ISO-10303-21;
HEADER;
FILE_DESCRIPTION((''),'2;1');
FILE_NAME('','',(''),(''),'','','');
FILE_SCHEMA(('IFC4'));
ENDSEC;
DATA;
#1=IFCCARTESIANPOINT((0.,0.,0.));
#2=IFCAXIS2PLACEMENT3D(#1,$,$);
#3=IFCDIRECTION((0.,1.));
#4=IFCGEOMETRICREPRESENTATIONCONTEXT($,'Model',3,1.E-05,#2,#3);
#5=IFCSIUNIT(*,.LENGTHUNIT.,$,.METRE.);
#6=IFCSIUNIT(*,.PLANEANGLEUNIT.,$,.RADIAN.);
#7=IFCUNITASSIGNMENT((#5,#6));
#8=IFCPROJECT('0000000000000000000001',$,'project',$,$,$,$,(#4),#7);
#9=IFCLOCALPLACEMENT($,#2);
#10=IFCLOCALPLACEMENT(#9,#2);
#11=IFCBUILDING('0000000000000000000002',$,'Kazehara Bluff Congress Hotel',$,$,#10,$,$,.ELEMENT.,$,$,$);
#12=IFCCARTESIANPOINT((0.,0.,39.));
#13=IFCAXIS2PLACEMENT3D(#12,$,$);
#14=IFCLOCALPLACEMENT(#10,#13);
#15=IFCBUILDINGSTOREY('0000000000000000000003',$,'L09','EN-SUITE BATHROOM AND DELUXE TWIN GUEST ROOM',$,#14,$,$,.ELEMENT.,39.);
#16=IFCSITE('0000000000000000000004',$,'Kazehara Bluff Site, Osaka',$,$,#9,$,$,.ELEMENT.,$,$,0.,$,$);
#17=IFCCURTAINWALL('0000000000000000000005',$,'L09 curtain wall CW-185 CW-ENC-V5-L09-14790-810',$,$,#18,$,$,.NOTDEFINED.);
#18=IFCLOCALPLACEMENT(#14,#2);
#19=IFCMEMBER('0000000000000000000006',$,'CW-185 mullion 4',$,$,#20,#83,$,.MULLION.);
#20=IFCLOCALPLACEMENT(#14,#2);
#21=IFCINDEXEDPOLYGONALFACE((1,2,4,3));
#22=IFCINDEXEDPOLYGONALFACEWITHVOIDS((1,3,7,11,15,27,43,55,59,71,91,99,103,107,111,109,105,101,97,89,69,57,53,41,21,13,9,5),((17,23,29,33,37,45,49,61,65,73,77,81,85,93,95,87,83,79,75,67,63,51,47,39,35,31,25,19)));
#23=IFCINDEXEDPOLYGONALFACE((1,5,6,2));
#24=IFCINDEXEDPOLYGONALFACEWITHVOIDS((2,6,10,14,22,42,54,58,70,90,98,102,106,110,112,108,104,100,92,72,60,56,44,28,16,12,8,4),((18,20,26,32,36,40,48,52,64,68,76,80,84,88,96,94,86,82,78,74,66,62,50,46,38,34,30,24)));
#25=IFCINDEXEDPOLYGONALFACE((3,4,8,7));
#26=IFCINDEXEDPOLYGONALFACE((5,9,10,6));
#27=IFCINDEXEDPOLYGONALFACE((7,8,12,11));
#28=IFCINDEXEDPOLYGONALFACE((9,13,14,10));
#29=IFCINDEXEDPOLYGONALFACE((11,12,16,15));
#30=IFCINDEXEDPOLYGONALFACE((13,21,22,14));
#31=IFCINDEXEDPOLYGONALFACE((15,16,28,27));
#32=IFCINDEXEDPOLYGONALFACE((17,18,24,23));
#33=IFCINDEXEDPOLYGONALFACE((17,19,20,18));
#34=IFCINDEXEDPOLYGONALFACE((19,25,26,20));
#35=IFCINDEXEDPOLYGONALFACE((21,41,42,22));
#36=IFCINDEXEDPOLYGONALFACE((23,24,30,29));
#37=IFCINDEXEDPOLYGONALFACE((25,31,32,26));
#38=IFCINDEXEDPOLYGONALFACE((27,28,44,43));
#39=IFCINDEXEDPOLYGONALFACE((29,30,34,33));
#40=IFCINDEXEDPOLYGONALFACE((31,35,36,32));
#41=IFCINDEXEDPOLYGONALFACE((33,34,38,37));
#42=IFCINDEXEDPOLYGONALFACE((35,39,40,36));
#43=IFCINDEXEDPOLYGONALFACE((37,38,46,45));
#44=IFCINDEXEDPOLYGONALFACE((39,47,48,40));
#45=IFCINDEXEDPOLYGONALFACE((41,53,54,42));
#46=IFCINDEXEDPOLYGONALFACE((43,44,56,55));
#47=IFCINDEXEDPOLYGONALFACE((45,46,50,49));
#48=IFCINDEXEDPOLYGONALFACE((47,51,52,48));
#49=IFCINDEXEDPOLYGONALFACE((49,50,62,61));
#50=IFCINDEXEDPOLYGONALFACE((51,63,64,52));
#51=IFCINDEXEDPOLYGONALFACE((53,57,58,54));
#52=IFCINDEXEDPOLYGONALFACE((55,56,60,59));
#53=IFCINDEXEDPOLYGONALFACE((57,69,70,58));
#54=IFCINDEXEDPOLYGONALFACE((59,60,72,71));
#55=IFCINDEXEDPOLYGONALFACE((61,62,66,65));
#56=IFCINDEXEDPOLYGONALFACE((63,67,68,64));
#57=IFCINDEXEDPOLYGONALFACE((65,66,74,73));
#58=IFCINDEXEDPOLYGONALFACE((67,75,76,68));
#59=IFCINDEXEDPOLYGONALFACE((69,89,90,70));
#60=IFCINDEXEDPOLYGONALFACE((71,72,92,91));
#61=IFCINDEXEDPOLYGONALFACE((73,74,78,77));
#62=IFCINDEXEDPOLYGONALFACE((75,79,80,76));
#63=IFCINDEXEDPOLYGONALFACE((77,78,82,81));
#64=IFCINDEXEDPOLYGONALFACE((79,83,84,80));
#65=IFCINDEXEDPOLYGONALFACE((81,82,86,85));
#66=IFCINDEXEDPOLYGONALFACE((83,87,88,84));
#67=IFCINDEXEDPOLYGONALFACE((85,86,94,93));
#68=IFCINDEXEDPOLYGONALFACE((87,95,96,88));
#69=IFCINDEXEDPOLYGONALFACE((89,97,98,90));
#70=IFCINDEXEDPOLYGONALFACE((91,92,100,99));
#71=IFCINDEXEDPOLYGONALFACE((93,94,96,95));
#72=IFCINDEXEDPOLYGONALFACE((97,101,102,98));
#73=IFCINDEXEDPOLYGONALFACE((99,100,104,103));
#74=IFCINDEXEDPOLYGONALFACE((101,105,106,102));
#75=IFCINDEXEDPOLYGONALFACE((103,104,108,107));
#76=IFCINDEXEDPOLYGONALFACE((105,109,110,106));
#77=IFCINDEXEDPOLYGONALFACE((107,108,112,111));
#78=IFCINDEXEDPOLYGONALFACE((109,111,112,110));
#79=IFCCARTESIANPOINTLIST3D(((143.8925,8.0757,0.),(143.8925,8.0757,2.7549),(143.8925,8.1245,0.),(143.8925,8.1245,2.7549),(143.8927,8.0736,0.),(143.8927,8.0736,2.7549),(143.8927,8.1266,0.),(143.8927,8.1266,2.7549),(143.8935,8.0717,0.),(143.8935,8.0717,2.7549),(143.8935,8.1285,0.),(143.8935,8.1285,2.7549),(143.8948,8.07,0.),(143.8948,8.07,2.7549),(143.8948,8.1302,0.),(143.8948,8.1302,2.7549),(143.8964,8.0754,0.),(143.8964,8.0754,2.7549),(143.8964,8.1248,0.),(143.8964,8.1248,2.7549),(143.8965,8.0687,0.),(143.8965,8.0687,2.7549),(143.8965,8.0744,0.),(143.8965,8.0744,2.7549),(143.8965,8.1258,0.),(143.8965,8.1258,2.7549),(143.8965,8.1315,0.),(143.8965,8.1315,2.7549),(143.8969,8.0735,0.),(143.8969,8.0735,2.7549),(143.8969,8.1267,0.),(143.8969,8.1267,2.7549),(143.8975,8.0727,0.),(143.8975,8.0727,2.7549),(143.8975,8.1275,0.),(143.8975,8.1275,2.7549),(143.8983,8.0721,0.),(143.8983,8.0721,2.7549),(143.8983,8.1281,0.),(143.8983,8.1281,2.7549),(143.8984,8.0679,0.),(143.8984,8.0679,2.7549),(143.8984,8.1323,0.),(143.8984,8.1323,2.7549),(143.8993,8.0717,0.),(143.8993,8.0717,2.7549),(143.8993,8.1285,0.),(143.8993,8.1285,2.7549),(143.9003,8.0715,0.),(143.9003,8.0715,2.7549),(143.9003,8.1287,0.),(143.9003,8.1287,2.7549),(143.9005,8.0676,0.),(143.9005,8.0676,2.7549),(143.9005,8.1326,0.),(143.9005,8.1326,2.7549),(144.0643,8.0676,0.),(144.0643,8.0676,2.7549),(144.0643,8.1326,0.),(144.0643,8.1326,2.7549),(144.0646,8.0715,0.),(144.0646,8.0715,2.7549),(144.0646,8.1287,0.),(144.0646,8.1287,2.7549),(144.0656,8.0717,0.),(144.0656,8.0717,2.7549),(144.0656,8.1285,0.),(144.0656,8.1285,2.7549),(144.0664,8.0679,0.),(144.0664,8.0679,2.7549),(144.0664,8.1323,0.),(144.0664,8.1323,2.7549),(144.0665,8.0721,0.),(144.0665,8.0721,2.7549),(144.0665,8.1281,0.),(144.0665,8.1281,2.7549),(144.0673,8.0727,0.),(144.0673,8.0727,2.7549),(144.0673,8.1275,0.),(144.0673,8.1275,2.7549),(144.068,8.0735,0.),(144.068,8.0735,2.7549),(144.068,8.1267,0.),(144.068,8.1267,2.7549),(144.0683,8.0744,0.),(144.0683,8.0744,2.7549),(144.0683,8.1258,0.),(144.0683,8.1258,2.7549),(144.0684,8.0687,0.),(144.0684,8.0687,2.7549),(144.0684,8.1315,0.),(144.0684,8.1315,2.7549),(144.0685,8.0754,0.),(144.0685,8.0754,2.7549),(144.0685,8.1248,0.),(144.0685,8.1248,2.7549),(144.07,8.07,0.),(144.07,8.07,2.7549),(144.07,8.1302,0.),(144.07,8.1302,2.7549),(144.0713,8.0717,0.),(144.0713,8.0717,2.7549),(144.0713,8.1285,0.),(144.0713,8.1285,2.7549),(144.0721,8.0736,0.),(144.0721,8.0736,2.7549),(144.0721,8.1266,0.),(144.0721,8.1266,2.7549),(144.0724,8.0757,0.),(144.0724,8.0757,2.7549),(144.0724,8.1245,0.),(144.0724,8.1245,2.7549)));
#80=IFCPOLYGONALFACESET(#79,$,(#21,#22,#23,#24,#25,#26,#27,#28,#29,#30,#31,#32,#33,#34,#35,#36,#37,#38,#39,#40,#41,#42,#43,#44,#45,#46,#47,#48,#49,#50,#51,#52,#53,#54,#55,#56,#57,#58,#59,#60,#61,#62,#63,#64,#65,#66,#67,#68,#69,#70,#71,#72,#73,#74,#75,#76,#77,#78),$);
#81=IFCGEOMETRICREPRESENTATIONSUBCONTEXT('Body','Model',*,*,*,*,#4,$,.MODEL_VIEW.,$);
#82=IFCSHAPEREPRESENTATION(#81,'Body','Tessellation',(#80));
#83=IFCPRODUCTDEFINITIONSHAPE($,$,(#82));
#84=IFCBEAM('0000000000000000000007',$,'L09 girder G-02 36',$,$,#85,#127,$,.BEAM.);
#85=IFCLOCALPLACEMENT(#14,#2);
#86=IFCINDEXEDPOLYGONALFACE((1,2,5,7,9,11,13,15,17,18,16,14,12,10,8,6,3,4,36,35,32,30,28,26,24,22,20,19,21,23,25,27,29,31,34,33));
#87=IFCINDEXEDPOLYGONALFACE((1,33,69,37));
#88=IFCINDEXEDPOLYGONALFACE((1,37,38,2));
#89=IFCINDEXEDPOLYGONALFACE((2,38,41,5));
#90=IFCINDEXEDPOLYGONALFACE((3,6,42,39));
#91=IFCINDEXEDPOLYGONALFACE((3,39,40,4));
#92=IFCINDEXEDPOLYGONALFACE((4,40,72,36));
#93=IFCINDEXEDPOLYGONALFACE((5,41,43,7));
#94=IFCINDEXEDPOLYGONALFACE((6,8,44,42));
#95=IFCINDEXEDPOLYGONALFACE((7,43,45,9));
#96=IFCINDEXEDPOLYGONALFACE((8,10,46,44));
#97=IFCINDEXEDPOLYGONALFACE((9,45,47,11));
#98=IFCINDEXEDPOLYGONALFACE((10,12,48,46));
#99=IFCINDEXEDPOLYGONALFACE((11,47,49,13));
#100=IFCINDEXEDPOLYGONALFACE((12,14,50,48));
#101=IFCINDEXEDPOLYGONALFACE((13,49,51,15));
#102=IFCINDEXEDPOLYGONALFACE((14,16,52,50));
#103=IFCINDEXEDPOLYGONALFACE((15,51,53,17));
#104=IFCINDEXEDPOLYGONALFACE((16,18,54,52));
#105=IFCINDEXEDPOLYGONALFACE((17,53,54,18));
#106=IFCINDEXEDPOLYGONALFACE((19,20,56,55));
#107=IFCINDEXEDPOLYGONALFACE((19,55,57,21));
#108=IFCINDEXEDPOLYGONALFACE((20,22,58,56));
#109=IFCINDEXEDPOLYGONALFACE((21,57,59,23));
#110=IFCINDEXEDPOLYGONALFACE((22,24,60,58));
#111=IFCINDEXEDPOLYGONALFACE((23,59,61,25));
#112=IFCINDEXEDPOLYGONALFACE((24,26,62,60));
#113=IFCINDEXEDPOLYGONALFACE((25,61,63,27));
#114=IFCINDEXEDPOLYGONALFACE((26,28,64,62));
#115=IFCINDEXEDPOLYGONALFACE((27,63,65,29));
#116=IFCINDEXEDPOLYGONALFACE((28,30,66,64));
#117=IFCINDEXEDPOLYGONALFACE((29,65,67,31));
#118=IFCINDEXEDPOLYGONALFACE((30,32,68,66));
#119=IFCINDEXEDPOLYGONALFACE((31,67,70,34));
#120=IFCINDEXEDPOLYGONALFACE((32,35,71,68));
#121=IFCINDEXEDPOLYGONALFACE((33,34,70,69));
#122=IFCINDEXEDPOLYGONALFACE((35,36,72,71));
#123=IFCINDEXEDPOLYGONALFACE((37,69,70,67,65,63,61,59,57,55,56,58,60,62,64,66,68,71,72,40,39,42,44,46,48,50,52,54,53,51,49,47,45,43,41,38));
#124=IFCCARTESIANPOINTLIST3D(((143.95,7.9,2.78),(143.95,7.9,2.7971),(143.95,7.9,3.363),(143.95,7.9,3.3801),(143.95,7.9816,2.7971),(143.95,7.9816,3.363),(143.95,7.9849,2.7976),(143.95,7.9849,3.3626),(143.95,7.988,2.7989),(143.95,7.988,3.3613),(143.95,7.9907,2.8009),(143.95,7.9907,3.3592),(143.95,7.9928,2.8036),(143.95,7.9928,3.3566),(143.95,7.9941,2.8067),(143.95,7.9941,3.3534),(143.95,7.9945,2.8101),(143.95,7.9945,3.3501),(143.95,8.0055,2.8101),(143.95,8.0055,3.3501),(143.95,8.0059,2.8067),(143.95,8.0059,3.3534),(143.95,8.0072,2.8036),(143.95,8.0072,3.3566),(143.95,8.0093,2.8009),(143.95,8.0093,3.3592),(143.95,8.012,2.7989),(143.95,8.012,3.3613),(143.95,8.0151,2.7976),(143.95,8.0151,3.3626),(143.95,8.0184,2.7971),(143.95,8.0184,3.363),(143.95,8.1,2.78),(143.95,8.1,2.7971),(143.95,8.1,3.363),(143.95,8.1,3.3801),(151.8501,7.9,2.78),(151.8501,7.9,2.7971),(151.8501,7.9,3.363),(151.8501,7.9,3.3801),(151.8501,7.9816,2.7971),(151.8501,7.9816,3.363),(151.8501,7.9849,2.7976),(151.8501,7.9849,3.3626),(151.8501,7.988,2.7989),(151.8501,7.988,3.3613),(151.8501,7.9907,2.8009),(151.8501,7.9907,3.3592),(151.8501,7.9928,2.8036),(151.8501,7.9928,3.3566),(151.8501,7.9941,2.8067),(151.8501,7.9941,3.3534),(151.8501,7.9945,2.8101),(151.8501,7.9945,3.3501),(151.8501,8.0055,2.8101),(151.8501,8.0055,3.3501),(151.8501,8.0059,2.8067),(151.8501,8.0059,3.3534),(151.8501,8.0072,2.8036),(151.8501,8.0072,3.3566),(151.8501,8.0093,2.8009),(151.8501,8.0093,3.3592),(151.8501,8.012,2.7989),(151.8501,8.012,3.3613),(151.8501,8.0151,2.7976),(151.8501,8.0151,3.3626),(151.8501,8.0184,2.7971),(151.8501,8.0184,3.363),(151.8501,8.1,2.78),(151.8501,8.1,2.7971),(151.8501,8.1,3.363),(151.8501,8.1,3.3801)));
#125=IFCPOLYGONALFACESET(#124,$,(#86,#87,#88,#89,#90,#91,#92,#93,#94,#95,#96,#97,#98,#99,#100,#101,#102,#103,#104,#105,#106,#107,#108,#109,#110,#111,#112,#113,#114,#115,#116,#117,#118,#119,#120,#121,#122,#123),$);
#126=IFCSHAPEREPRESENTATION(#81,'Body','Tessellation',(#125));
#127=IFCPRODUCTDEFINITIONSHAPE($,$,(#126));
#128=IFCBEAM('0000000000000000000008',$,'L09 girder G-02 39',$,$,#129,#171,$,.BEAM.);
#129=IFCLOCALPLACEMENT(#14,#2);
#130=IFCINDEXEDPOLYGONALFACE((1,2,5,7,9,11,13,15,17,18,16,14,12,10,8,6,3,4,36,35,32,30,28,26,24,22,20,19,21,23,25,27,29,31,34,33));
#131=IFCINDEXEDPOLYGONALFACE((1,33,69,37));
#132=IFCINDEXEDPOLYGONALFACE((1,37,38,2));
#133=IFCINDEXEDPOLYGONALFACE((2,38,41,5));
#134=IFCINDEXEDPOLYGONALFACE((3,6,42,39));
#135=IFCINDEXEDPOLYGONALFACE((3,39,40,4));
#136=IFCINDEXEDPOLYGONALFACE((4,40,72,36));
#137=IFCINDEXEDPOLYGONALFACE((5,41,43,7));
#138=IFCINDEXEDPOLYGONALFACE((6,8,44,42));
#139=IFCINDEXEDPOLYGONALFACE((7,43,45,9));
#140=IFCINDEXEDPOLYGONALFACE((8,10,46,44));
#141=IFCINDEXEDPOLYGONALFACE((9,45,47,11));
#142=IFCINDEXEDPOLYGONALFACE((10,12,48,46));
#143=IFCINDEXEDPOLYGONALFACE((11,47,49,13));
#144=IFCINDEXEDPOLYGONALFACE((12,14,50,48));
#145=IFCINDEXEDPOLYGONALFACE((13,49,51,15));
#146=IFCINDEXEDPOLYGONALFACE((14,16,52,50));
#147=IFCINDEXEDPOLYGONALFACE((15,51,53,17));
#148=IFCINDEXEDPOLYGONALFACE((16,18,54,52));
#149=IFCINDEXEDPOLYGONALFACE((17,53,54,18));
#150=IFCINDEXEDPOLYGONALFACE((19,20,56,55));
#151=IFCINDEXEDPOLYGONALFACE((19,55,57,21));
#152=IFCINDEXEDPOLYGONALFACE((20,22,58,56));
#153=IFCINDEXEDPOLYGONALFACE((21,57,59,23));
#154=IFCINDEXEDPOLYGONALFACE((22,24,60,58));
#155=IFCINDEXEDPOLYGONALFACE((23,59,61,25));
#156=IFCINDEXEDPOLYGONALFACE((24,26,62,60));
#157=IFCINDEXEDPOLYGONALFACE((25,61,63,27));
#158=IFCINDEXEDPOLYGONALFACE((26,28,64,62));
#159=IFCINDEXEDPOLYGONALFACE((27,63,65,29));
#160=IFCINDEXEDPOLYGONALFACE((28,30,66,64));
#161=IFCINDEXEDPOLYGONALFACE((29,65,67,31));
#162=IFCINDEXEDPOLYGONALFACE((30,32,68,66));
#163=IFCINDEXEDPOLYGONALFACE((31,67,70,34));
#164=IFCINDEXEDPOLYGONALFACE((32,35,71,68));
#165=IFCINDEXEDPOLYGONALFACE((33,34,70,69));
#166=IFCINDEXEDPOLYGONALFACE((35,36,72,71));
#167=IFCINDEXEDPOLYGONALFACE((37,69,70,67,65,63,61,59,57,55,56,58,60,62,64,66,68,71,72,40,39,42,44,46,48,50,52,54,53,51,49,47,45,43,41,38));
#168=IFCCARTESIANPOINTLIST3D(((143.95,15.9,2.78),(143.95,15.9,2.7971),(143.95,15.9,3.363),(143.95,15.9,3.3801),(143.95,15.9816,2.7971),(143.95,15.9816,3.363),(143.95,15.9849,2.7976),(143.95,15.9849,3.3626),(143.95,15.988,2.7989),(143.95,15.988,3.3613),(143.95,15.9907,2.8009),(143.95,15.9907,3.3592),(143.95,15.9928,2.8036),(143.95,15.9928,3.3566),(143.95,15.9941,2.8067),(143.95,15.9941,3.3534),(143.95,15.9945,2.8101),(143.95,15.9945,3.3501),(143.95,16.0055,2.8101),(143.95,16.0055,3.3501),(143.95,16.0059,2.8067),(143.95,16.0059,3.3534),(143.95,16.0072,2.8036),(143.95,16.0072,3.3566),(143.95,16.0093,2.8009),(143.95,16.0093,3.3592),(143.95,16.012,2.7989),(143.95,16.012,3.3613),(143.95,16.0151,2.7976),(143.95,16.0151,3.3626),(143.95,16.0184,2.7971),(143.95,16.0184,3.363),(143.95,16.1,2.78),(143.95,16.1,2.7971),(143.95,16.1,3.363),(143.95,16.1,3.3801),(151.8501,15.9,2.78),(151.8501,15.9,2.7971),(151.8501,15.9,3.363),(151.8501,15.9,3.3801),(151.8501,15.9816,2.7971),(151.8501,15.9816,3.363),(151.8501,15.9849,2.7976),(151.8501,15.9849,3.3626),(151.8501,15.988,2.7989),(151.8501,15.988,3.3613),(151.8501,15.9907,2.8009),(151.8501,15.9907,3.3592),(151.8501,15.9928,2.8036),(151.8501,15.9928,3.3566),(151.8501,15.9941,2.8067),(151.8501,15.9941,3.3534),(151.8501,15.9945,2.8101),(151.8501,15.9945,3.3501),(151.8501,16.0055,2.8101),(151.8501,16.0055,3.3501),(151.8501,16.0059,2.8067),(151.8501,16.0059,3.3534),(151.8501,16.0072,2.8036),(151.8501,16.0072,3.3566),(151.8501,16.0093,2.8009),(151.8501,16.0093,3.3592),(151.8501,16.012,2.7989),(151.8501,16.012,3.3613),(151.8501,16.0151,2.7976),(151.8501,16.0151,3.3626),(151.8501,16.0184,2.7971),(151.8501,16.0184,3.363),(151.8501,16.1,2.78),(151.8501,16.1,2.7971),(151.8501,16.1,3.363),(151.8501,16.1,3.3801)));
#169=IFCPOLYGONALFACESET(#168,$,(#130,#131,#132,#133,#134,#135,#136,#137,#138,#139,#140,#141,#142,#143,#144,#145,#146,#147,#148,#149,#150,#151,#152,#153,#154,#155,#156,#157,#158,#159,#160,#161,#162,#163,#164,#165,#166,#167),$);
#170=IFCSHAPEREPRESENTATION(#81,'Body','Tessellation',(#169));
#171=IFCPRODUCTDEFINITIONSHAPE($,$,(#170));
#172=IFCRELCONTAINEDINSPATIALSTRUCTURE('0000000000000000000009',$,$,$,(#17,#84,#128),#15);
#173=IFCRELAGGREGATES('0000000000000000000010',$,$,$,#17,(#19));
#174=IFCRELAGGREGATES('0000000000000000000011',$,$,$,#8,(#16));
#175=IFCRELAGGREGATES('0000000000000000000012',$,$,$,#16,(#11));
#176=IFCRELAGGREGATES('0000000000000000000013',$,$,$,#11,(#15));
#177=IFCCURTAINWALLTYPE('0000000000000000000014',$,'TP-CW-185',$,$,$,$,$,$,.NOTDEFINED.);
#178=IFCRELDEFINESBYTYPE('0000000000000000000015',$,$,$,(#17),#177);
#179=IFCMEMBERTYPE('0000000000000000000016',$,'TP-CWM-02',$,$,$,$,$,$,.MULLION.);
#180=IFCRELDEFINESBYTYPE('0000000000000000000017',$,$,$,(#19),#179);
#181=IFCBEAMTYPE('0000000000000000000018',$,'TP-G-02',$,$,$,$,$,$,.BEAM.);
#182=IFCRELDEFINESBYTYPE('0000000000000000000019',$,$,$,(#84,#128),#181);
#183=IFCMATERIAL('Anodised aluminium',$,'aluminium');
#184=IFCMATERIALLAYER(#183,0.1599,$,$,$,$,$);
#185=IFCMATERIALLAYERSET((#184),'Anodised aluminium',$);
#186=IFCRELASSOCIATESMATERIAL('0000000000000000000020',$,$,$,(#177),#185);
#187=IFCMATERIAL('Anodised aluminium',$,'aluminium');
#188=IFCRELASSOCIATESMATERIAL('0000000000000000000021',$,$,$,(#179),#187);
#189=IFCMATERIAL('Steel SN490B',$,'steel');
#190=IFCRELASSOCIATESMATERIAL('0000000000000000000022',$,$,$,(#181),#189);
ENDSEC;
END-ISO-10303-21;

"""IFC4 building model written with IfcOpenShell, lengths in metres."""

from ifc_helpers import new_model, si_unit, direction, frame, origin, origin_2d, place, context, subcontext, project, spatial, hollow_rectangle, i_section, extrude, material, layer, layer_set, material_profile, profile_set, type_object, element, aggregate, save


model = new_model("IFC4")

# Units and contexts
model_context = context("Model", 3, precision=1e-05, world=origin(), true_north=direction((0.0, 1.0)))
body_context = subcontext(model_context, "Body", "Model", "MODEL_VIEW")
ifc_project = project(units=[si_unit("LENGTHUNIT", "METRE"), si_unit("PLANEANGLEUNIT", "RADIAN")], contexts=[model_context])

# Site, building, storey
site_placement = place(None, origin())
site = spatial("IfcSite", under=ifc_project, at=site_placement, Name="Kazehara Bluff Site, Osaka", CompositionType="ELEMENT", RefElevation=0.0)
building_placement = place(site_placement, origin())
building = spatial("IfcBuilding", under=site, at=building_placement, Name="Kazehara Bluff Congress Hotel", CompositionType="ELEMENT")
storey_placement = place(building_placement, frame((0.0, 0.0, 39.0)))
storey = spatial("IfcBuildingStorey", under=building, at=storey_placement, Name="L09", Description="EN-SUITE BATHROOM AND DELUXE TWIN GUEST ROOM", CompositionType="ELEMENT", Elevation=39.0)

# Curtain wall, member
ifc_material_1 = material(Name="Anodised aluminium", Category="aluminium")
ifc_layer_1 = layer(ifc_material_1, 0.1599)
ifc_layer_set_1 = layer_set([ifc_layer_1], Name="Anodised aluminium")
curtain_wall_type = type_object("IfcCurtainWallType", Name="TP-CW-185", PredefinedType="NOTDEFINED", material=ifc_layer_set_1)
curtain_wall_placement = place(storey_placement, origin())
curtain_wall = element("IfcCurtainWall", 1, at=curtain_wall_placement, inside=storey, type_object=curtain_wall_type, Name="L09 curtain wall CW-185 CW-ENC-V5-L09-14790-810", PredefinedType="NOTDEFINED")
ifc_material_2 = material(Name="Anodised aluminium", Category="aluminium")
ifc_material_profile_1 = material_profile(ifc_material_2, hollow_rectangle(XDim=0.0649, YDim=0.1799, WallThickness=0.0039, InnerFilletRadius=0.0039, OuterFilletRadius=0.0081, at=origin_2d()))
ifc_profile_set_1 = profile_set([ifc_material_profile_1], Name="Anodised aluminium")
member_type = type_object("IfcMemberType", Name="TP-CWM-02", PredefinedType="MULLION", material=ifc_profile_set_1)
member_placement = place(storey_placement, frame((143.9824, 8.1001, 0.0), z_axis=(0.0, 0.0, 1.0), x_axis=(0.0, -1.0, 0.0)))
member = element("IfcMember", 2, at=member_placement, type_object=member_type, Name="CW-185 mullion 4", PredefinedType="MULLION", context=body_context, shape_type="SweptSolid", body=[
    extrude(hollow_rectangle(XDim=0.0649, YDim=0.1799, WallThickness=0.0039, InnerFilletRadius=0.0039, OuterFilletRadius=0.0081, at=origin_2d()), origin(), (0.0, 0.0, 1.0), 2.7549),
])
aggregate(curtain_wall, [member])

# Beams
ifc_material_3 = material(Name="Steel SN490B", Category="steel")
ifc_material_profile_2 = material_profile(ifc_material_3, i_section(OverallWidth=0.2, OverallDepth=0.6001, WebThickness=0.011, FlangeThickness=0.0171, FilletRadius=0.0129, at=origin_2d()))
ifc_profile_set_2 = profile_set([ifc_material_profile_2], Name="Steel SN490B")
beam_type_1 = type_object("IfcBeamType", Name="TP-G-02", PredefinedType="BEAM", material=ifc_profile_set_2)
for number, where, z_axis, x_axis, name in (
    (3, (143.95, 8.0, 3.0801), (1.0, 0.0, 0.0), (0.0, 1.0, 0.0), "L09 girder G-02 36"),
    (4, (143.95, 16.0, 3.0801), (1.0, 0.0, 0.0), (0.0, 1.0, 0.0), "L09 girder G-02 39"),
):
    element("IfcBeam", number, at=place(storey_placement, frame(where, z_axis=z_axis, x_axis=x_axis)), inside=storey, type_object=beam_type_1, Name=name, PredefinedType="BEAM", context=body_context, shape_type="SweptSolid", body=[
        extrude(i_section(OverallWidth=0.2, OverallDepth=0.6001, WebThickness=0.011, FlangeThickness=0.0171, FilletRadius=0.0129, at=origin_2d()), origin(), (0.0, 0.0, 1.0), 7.9001),
    ])

save(model, "model.ifc")
